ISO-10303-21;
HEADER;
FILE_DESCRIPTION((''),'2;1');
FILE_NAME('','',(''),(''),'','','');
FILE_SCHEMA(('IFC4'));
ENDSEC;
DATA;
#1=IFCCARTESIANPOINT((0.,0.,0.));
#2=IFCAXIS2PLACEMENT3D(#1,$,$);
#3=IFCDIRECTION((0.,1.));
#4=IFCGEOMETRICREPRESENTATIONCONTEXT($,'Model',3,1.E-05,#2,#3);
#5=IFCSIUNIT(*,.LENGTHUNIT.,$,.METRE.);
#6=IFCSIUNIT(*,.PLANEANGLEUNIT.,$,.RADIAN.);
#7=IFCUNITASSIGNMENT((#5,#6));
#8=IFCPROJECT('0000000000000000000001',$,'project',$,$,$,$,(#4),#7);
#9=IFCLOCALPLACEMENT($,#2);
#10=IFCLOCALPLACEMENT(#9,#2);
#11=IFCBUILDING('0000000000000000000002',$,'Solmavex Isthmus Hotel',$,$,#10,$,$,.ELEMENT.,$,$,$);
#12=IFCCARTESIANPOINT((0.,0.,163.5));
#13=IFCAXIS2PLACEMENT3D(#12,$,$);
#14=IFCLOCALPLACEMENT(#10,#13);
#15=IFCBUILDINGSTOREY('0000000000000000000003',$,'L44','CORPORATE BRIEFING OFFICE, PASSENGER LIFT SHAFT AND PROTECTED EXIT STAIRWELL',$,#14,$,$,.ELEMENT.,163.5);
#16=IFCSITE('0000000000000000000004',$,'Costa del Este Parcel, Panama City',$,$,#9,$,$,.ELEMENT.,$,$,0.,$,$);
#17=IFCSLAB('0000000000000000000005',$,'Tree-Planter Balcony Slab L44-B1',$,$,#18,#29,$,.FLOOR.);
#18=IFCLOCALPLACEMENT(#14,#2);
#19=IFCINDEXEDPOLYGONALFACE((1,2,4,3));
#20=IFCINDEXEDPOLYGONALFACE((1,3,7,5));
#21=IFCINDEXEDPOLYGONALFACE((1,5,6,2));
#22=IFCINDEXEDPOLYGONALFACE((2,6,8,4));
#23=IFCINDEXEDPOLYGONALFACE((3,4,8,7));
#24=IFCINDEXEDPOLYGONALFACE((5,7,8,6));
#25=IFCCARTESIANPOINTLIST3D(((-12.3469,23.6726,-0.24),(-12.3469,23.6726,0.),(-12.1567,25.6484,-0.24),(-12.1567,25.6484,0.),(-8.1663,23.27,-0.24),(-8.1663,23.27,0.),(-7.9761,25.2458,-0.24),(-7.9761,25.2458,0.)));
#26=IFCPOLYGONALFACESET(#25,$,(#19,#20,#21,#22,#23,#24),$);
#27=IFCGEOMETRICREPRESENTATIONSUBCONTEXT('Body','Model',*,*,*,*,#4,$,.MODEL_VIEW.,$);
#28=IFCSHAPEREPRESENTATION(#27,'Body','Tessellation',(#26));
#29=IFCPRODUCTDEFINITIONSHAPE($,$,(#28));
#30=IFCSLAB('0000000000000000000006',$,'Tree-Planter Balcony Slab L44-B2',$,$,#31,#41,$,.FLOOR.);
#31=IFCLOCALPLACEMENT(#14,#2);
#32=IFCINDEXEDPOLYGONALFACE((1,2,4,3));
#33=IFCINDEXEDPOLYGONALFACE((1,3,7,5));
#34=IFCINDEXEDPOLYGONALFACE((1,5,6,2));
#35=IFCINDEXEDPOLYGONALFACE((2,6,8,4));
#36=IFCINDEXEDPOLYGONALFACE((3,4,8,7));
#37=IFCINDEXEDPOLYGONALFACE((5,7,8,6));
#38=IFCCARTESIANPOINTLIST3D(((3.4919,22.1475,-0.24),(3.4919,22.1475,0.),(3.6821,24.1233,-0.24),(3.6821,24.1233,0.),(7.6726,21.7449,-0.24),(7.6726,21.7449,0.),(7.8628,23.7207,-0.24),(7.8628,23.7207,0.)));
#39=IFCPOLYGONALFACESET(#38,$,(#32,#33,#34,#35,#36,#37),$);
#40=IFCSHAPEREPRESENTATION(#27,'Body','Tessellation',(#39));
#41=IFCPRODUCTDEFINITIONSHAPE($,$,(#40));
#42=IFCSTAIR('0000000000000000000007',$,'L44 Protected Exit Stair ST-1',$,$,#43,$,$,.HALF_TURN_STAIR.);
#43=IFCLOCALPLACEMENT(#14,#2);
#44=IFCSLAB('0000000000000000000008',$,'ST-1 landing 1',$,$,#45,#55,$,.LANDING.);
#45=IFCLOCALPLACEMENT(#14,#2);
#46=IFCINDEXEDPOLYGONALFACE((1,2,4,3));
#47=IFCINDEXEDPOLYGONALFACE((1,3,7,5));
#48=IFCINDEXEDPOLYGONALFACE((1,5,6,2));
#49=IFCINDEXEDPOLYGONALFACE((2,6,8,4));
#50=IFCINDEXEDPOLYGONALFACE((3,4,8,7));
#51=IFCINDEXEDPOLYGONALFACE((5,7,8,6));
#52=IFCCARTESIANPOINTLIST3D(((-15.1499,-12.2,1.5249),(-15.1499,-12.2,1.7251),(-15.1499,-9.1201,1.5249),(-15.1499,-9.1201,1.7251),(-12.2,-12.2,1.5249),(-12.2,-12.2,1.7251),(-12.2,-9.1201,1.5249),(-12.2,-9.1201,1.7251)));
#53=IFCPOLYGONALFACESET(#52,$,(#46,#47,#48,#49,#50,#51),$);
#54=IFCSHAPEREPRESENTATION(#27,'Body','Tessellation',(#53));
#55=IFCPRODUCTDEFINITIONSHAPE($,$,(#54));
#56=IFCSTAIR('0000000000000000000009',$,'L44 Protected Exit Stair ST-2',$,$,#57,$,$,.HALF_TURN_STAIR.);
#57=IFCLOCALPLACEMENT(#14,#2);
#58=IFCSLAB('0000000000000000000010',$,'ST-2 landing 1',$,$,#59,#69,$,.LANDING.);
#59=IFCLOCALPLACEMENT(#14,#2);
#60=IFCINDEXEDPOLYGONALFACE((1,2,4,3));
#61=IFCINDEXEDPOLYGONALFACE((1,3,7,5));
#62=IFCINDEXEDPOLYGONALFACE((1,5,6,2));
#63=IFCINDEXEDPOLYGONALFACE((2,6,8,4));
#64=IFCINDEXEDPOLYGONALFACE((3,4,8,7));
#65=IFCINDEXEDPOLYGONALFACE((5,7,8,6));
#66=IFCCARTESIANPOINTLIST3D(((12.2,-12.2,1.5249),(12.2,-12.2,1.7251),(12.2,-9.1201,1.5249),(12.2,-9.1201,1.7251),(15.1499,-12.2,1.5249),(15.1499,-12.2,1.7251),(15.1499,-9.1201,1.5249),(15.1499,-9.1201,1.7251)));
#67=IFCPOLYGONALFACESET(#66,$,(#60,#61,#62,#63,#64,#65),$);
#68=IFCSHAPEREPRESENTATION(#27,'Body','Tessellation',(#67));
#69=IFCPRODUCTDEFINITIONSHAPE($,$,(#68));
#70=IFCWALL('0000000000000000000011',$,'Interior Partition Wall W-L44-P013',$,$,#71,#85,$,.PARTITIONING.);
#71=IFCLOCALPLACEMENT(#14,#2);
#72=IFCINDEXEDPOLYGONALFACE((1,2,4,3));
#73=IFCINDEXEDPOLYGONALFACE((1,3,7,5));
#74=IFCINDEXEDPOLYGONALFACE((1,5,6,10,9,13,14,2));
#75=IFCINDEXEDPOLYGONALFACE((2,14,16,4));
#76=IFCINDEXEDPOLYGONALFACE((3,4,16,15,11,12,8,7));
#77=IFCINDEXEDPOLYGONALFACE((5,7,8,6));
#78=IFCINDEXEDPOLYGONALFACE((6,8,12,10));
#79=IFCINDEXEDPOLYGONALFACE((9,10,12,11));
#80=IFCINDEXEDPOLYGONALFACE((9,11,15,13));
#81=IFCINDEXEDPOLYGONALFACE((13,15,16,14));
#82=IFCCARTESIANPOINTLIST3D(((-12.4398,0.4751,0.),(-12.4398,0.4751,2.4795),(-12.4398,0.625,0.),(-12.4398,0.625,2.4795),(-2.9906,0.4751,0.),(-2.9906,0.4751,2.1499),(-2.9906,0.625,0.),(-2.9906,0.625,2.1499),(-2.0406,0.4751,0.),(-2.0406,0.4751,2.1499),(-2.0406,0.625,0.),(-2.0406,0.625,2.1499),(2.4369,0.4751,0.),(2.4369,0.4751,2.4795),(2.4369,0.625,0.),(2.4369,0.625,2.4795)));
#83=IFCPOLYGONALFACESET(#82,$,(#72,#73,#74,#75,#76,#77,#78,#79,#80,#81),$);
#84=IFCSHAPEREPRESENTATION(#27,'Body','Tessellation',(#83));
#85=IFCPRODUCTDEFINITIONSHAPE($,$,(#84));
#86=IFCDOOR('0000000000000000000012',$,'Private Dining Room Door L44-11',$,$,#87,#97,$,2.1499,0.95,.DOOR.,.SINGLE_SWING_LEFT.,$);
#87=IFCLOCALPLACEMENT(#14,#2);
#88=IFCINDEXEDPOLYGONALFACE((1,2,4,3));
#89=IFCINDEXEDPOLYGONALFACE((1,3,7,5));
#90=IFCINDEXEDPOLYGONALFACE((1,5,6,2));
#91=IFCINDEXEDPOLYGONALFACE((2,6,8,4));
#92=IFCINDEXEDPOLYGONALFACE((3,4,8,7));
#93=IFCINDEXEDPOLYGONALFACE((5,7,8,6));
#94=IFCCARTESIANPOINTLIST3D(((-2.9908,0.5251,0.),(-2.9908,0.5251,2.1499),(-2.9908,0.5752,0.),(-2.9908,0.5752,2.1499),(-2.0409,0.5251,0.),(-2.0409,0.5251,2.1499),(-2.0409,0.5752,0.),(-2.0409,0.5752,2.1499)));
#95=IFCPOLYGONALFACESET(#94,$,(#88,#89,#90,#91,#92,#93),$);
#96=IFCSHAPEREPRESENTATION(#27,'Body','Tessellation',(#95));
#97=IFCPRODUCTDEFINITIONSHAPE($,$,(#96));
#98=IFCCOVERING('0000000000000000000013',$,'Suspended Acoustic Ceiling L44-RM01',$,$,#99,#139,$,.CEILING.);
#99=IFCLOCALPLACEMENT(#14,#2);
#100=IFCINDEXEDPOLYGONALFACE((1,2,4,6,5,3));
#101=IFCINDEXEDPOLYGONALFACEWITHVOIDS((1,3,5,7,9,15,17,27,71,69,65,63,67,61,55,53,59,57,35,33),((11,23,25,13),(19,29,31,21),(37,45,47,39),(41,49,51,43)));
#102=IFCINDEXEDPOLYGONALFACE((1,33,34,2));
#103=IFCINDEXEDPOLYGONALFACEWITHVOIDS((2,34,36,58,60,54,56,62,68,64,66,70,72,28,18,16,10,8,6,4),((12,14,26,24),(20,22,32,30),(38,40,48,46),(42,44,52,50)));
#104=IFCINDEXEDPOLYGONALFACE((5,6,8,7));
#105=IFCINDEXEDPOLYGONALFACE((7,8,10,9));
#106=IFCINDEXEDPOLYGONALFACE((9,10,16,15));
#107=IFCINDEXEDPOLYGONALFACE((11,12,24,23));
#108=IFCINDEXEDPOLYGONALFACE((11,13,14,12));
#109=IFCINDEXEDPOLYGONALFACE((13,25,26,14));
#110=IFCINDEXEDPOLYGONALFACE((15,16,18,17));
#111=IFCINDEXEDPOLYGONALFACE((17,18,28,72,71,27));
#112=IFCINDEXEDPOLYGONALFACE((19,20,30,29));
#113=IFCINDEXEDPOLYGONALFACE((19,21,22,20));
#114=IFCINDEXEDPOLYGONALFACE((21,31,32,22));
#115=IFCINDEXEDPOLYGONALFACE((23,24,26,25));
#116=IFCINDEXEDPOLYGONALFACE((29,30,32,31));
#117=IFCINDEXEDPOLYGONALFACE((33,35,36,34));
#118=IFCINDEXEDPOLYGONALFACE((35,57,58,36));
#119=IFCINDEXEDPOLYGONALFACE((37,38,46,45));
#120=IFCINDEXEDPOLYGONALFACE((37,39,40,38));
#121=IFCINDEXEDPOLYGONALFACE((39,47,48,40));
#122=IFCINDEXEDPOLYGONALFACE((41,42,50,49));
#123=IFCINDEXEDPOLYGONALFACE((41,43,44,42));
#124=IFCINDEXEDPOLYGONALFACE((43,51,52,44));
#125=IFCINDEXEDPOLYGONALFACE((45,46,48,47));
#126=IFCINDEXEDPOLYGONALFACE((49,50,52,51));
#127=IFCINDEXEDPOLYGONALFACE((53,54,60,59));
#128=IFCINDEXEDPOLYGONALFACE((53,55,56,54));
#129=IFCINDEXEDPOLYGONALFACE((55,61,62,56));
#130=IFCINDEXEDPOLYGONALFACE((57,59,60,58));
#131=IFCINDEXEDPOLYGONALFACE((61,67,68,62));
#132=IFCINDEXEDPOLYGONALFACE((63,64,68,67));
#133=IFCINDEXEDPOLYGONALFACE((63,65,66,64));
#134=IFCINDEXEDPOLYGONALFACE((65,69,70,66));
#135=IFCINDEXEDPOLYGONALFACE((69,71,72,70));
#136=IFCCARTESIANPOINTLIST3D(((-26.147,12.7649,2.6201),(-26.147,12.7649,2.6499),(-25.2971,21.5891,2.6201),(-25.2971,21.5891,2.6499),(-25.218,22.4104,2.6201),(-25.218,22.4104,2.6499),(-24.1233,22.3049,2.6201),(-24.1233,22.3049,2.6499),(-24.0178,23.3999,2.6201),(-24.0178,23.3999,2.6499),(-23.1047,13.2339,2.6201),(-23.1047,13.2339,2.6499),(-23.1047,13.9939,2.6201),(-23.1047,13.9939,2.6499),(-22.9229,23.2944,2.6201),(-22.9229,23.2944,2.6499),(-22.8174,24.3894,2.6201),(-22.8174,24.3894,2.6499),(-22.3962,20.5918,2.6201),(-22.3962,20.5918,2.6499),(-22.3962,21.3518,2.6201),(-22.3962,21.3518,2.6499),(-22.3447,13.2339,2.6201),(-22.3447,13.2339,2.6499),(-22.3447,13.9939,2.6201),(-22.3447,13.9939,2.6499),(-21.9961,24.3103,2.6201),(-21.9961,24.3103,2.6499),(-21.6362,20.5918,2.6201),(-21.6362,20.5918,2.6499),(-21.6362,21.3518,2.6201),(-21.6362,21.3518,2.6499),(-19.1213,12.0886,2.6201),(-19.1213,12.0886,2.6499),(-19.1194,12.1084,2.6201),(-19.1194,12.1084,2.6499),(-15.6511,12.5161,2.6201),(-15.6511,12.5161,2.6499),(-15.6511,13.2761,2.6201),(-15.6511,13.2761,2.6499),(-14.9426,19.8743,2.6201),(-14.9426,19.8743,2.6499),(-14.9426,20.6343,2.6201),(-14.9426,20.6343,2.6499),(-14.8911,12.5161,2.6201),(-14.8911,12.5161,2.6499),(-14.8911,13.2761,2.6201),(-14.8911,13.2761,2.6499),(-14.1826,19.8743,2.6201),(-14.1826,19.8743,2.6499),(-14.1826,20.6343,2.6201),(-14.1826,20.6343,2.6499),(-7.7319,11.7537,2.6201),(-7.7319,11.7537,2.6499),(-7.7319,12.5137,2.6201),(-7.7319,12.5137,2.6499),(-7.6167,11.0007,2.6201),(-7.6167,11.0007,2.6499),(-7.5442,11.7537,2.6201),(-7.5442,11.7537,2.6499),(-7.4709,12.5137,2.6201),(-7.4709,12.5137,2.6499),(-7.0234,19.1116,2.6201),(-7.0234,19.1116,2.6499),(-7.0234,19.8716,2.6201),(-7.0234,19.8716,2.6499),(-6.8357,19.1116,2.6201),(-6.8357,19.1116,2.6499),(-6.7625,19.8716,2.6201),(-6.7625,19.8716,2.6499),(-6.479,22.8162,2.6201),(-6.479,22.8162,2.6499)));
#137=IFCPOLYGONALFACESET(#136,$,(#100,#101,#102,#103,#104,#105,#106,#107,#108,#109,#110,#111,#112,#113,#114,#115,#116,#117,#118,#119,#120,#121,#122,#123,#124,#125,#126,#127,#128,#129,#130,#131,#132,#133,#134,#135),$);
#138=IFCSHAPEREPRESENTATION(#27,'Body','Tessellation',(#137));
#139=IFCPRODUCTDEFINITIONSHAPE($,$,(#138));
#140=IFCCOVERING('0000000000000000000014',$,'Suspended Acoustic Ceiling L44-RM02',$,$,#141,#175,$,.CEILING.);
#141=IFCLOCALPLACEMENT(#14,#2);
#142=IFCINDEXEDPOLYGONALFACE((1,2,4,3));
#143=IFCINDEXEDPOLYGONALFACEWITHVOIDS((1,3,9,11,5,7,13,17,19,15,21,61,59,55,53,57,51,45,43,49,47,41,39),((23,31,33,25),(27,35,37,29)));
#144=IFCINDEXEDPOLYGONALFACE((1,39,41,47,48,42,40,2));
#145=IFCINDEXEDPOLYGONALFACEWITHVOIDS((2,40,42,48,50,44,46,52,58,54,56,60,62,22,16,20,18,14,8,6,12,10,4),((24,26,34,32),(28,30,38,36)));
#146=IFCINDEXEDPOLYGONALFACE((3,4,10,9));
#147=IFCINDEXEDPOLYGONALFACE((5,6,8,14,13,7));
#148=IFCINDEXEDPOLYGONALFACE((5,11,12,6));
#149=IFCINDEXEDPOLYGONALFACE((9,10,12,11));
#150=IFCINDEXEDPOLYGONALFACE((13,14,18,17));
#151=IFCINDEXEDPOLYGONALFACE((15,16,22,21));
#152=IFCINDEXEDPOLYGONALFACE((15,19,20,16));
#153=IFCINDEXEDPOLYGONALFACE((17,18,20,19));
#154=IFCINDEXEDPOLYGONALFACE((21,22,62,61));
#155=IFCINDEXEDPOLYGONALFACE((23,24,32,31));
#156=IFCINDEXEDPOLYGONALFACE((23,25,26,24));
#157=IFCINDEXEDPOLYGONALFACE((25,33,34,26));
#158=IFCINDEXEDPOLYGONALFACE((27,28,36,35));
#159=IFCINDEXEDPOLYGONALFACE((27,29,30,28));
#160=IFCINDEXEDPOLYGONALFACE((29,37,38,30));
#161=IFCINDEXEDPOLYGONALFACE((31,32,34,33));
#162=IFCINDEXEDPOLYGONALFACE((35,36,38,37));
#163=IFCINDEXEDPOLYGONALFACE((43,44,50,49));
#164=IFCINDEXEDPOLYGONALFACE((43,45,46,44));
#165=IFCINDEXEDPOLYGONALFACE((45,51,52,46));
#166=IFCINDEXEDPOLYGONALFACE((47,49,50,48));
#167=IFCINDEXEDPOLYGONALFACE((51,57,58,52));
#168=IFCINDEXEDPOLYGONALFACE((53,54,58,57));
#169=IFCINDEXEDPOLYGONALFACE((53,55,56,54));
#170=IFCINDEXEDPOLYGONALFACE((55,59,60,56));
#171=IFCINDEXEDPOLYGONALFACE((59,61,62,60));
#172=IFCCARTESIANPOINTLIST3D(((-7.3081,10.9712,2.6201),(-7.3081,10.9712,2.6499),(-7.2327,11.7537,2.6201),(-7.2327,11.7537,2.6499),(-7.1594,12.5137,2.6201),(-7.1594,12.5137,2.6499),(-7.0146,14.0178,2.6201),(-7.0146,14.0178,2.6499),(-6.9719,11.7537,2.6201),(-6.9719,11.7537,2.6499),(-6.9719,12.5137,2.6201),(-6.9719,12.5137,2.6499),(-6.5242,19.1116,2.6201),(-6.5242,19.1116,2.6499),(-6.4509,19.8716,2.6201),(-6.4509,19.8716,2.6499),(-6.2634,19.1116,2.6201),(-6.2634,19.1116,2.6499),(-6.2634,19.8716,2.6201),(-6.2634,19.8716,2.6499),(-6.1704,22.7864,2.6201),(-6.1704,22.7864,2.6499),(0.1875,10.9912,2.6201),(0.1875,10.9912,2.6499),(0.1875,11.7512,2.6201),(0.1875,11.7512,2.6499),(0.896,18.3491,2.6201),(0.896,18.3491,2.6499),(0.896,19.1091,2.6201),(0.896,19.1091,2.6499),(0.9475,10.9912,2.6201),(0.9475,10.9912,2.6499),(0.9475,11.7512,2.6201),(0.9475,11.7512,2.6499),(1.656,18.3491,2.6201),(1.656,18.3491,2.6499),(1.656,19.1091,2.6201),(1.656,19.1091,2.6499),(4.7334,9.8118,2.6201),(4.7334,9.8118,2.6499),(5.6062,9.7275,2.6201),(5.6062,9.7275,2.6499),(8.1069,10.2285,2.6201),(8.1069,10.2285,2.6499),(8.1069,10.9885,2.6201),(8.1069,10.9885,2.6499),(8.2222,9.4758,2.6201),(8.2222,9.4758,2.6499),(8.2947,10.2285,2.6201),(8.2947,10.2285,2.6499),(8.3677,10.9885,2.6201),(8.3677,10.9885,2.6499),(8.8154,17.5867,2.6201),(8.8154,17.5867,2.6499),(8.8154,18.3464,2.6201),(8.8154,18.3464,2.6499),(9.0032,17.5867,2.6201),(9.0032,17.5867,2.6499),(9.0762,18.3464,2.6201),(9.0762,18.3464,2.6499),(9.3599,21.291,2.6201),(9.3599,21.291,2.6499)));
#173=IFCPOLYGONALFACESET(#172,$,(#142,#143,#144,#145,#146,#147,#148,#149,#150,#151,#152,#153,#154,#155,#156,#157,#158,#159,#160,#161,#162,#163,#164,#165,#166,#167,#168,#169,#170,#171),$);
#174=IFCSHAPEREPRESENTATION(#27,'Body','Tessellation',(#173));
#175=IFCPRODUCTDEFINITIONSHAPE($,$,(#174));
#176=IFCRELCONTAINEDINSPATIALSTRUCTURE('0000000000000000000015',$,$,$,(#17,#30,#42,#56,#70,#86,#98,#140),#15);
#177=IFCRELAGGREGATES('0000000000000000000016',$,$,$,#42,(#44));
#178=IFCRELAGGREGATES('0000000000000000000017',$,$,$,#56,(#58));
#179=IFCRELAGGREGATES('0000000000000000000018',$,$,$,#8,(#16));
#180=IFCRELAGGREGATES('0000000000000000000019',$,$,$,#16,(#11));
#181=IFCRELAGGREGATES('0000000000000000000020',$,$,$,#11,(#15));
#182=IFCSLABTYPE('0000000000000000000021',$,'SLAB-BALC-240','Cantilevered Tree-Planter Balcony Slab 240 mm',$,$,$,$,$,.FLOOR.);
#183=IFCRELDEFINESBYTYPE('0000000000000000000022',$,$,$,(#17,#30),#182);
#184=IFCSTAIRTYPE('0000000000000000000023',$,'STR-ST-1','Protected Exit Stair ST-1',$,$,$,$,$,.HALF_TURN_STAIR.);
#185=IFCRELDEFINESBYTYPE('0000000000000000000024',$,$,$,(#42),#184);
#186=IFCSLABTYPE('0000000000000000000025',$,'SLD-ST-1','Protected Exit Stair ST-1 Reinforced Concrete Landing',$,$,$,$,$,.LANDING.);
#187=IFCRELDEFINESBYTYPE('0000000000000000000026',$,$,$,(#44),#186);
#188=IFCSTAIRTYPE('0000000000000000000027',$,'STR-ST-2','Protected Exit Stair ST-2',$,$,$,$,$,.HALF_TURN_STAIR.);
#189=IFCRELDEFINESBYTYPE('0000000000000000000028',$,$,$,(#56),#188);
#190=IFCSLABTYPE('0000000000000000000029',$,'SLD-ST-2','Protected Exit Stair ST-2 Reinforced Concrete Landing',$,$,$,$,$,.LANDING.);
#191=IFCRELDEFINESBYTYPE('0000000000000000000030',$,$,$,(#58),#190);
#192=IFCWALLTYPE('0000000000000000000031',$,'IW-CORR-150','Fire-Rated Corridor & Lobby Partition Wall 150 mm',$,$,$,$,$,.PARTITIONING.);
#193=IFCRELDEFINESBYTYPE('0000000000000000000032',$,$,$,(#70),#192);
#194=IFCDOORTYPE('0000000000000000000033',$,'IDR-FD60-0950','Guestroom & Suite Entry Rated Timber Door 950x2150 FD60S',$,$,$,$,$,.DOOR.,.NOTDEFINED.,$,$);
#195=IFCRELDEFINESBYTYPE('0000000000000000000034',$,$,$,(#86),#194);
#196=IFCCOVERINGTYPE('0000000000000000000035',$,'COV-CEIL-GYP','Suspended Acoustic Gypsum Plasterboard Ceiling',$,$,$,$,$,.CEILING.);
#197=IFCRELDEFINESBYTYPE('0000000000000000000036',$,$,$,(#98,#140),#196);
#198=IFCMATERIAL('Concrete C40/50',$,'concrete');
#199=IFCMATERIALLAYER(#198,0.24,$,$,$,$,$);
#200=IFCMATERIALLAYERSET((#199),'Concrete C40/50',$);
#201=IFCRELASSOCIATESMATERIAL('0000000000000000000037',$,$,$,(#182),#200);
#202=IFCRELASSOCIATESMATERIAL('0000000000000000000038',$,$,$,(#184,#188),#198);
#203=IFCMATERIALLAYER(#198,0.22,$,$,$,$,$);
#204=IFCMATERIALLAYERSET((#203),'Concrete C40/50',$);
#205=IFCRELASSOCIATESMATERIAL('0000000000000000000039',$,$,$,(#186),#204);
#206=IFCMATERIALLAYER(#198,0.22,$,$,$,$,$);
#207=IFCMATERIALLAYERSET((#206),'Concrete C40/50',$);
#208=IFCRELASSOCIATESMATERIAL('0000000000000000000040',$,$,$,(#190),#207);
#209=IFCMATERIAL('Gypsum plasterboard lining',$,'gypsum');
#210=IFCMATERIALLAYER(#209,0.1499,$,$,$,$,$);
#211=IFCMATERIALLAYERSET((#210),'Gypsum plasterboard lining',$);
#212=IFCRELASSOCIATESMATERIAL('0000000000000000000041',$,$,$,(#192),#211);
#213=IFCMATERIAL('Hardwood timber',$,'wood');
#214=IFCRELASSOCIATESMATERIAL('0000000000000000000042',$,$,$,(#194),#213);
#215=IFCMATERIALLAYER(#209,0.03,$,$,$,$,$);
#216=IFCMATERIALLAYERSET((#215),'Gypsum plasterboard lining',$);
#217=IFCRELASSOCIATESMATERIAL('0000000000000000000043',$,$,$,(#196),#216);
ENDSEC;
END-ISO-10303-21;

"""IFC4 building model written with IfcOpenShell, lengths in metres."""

from ifc_helpers import new_model, si_unit, direction, frame, frame_2d, origin, place, context, subcontext, project, spatial, polyline, rectangle, outline, extrude, material, layer, layer_set, type_object, element, fill, aggregate, save


model = new_model("IFC4")

# Units and contexts
model_context = context("Model", 3, precision=1e-05, world=origin(), true_north=direction((0.0, 1.0)))
body_context = subcontext(model_context, "Body", "Model", "MODEL_VIEW")
ifc_project = project(units=[si_unit("LENGTHUNIT", "METRE"), si_unit("PLANEANGLEUNIT", "RADIAN")], contexts=[model_context])

# Site, building, storey
site_placement = place(None, origin())
site = spatial("IfcSite", under=ifc_project, at=site_placement, Name="Costa del Este Parcel, Panama City", CompositionType="ELEMENT", RefElevation=0.0)
building_placement = place(site_placement, origin())
building = spatial("IfcBuilding", under=site, at=building_placement, Name="Solmavex Isthmus Hotel", CompositionType="ELEMENT")
storey_placement = place(building_placement, frame((0.0, 0.0, 163.5)))
storey = spatial("IfcBuildingStorey", under=building, at=storey_placement, Name="L44", Description="CORPORATE BRIEFING OFFICE, PASSENGER LIFT SHAFT AND PROTECTED EXIT STAIRWELL", CompositionType="ELEMENT", Elevation=163.5)

# Slabs
ifc_material_1 = material(Name="Concrete C40/50", Category="concrete")
ifc_layer_1 = layer(ifc_material_1, 0.24)
ifc_layer_set_1 = layer_set([ifc_layer_1], Name="Concrete C40/50")
slab_type_1 = type_object("IfcSlabType", Name="SLAB-BALC-240", Description="Cantilevered Tree-Planter Balcony Slab 240 mm", PredefinedType="FLOOR", material=ifc_layer_set_1)
slab_1_placement = place(storey_placement, frame((0.0, 0.0, -0.24)))
element("IfcSlab", 1, at=slab_1_placement, inside=storey, type_object=slab_type_1, Name="Tree-Planter Balcony Slab L44-B1", PredefinedType="FLOOR", context=body_context, shape_type="SweptSolid", body=[
    extrude(outline(polyline([(-12.3469, 23.6726), (-8.1663, 23.27), (-7.9761, 25.2458), (-12.1567, 25.6484), (-12.3469, 23.6726)])), origin(), (0.0, 0.0, 1.0), 0.24),
])
slab_2_placement = place(storey_placement, frame((0.0, 0.0, -0.24)))
element("IfcSlab", 2, at=slab_2_placement, inside=storey, type_object=slab_type_1, Name="Tree-Planter Balcony Slab L44-B2", PredefinedType="FLOOR", context=body_context, shape_type="SweptSolid", body=[
    extrude(outline(polyline([(3.4919, 22.1475), (7.6726, 21.7449), (7.8628, 23.7207), (3.6821, 24.1233), (3.4919, 22.1475)])), origin(), (0.0, 0.0, 1.0), 0.24),
])

# Stairs, slabs
stair_type_1 = type_object("IfcStairType", Name="STR-ST-1", Description="Protected Exit Stair ST-1", PredefinedType="HALF_TURN_STAIR", material=ifc_material_1)
stair_1_placement = place(storey_placement, origin())
stair_1 = element("IfcStair", 3, at=stair_1_placement, inside=storey, type_object=stair_type_1, Name="L44 Protected Exit Stair ST-1", PredefinedType="HALF_TURN_STAIR")
ifc_layer_2 = layer(ifc_material_1, 0.22)
ifc_layer_set_2 = layer_set([ifc_layer_2], Name="Concrete C40/50")
slab_type_2 = type_object("IfcSlabType", Name="SLD-ST-1", Description="Protected Exit Stair ST-1 Reinforced Concrete Landing", PredefinedType="LANDING", material=ifc_layer_set_2)
slab_3_placement = place(storey_placement, frame((0.0, 0.0, 1.5249)))
slab_3 = element("IfcSlab", 4, at=slab_3_placement, type_object=slab_type_2, Name="ST-1 landing 1", PredefinedType="LANDING", context=body_context, shape_type="SweptSolid", body=[
    extrude(outline(polyline([(-15.1499, -9.1201), (-15.1499, -12.2), (-12.2, -12.2), (-12.2, -9.1201), (-15.1499, -9.1201)])), origin(), (0.0, 0.0, 1.0), 0.2002),
])
aggregate(stair_1, [slab_3])
stair_type_2 = type_object("IfcStairType", Name="STR-ST-2", Description="Protected Exit Stair ST-2", PredefinedType="HALF_TURN_STAIR", material=ifc_material_1)
stair_2_placement = place(storey_placement, origin())
stair_2 = element("IfcStair", 5, at=stair_2_placement, inside=storey, type_object=stair_type_2, Name="L44 Protected Exit Stair ST-2", PredefinedType="HALF_TURN_STAIR")
ifc_layer_3 = layer(ifc_material_1, 0.22)
ifc_layer_set_3 = layer_set([ifc_layer_3], Name="Concrete C40/50")
slab_type_3 = type_object("IfcSlabType", Name="SLD-ST-2", Description="Protected Exit Stair ST-2 Reinforced Concrete Landing", PredefinedType="LANDING", material=ifc_layer_set_3)
slab_4_placement = place(storey_placement, frame((0.0, 0.0, 1.5249)))
slab_4 = element("IfcSlab", 6, at=slab_4_placement, type_object=slab_type_3, Name="ST-2 landing 1", PredefinedType="LANDING", context=body_context, shape_type="SweptSolid", body=[
    extrude(outline(polyline([(12.2, -9.1201), (12.2, -12.2), (15.1499, -12.2), (15.1499, -9.1201), (12.2, -9.1201)])), origin(), (0.0, 0.0, 1.0), 0.2002),
])
aggregate(stair_2, [slab_4])

# Wall, opening, door
ifc_material_2 = material(Name="Gypsum plasterboard lining", Category="gypsum")
ifc_layer_4 = layer(ifc_material_2, 0.1499)
ifc_layer_set_4 = layer_set([ifc_layer_4], Name="Gypsum plasterboard lining")
wall_type = type_object("IfcWallType", Name="IW-CORR-150", Description="Fire-Rated Corridor & Lobby Partition Wall 150 mm", PredefinedType="PARTITIONING", material=ifc_layer_set_4)
wall_placement = place(storey_placement, frame((-12.4399, 0.55, 0.0), z_axis=(0.0, 0.0, 1.0), x_axis=(1.0, 0.0, 0.0)))
wall = element("IfcWall", 7, at=wall_placement, inside=storey, type_object=wall_type, Name="Interior Partition Wall W-L44-P013", PredefinedType="PARTITIONING", context=body_context, shape_type="SweptSolid", body=[
    extrude(rectangle(XDim=14.8767, YDim=0.1499, at=frame_2d((7.4385, 0.0))), origin(), (0.0, 0.0, 1.0), 2.4795),
])
opening_placement = place(wall_placement, frame((9.4492, 0.0, 0.0)))
opening = element("IfcOpeningElement", 8, at=opening_placement, cuts=wall, PredefinedType="OPENING", context=body_context, shape_type="SweptSolid", body=[
    extrude(rectangle(XDim=0.95, YDim=2.1499, at=frame_2d((0.4751, 1.075))), frame((0.0, 0.085, 0.0), z_axis=(0.0, -1.0, 0.0), x_axis=(1.0, 0.0, 0.0)), (0.0, 0.0, 1.0), 0.1699),
])
ifc_material_3 = material(Name="Hardwood timber", Category="wood")
door_type = type_object("IfcDoorType", Name="IDR-FD60-0950", Description="Guestroom & Suite Entry Rated Timber Door 950x2150 FD60S", OperationType="NOTDEFINED", PredefinedType="DOOR", material=ifc_material_3)
door_placement = place(opening_placement, frame((0.95, 0.0, 0.0), z_axis=(0.0, 0.0, 1.0), x_axis=(-1.0, 0.0, 0.0)))
door = element("IfcDoor", 9, at=door_placement, inside=storey, type_object=door_type, Name="Private Dining Room Door L44-11", OperationType="SINGLE_SWING_LEFT", OverallHeight=2.1499, OverallWidth=0.95, PredefinedType="DOOR", context=body_context, shape_type="SweptSolid", body=[
    extrude(rectangle(XDim=0.95, YDim=2.1499, at=frame_2d((0.4751, 1.075))), frame((0.0, 0.0249, 0.0), z_axis=(0.0, -1.0, 0.0), x_axis=(1.0, 0.0, 0.0)), (0.0, 0.0, 1.0), 0.05),
])
fill(opening, door)

# Coverings
ifc_layer_5 = layer(ifc_material_2, 0.03)
ifc_layer_set_5 = layer_set([ifc_layer_5], Name="Gypsum plasterboard lining")
covering_type_1 = type_object("IfcCoveringType", Name="COV-CEIL-GYP", Description="Suspended Acoustic Gypsum Plasterboard Ceiling", PredefinedType="CEILING", material=ifc_layer_set_5)
covering_1_placement = place(storey_placement, frame((0.0, 0.0, 2.6201)))
element("IfcCovering", 10, at=covering_1_placement, inside=storey, type_object=covering_type_1, Name="Suspended Acoustic Ceiling L44-RM01", PredefinedType="CEILING", context=body_context, shape_type="SweptSolid", body=[
    extrude(outline(polyline([(-19.1213, 12.0886), (-19.1194, 12.1084), (-7.6167, 11.0007), (-7.5442, 11.7537), (-7.7319, 11.7537), (-7.7319, 12.5137), (-7.4709, 12.5137), (-6.8357, 19.1116), (-7.0234, 19.1116), (-7.0234, 19.8716), (-6.7625, 19.8716), (-6.479, 22.8162), (-21.9961, 24.3103), (-22.8174, 24.3894), (-22.9229, 23.2944), (-24.0178, 23.3999), (-24.1233, 22.3049), (-25.218, 22.4104), (-25.2971, 21.5891), (-26.147, 12.7649), (-19.1213, 12.0886)]), holes=[polyline([(-14.9426, 19.8743), (-14.9426, 20.6343), (-14.1826, 20.6343), (-14.1826, 19.8743), (-14.9426, 19.8743)]), polyline([(-15.6511, 12.5161), (-15.6511, 13.2761), (-14.8911, 13.2761), (-14.8911, 12.5161), (-15.6511, 12.5161)]), polyline([(-22.3962, 20.5918), (-22.3962, 21.3518), (-21.6362, 21.3518), (-21.6362, 20.5918), (-22.3962, 20.5918)]), polyline([(-23.1047, 13.2339), (-23.1047, 13.9939), (-22.3447, 13.9939), (-22.3447, 13.2339), (-23.1047, 13.2339)])]), origin(), (0.0, 0.0, 1.0), 0.0298),
])
covering_2_placement = place(storey_placement, frame((0.0, 0.0, 2.6201)))
element("IfcCovering", 11, at=covering_2_placement, inside=storey, type_object=covering_type_1, Name="Suspended Acoustic Ceiling L44-RM02", PredefinedType="CEILING", context=body_context, shape_type="SweptSolid", body=[
    extrude(outline(polyline([(-7.1594, 12.5137), (-6.9719, 12.5137), (-6.9719, 11.7537), (-7.2327, 11.7537), (-7.3081, 10.9712), (4.7334, 9.8118), (5.6062, 9.7275), (8.2222, 9.4758), (8.2947, 10.2285), (8.1069, 10.2285), (8.1069, 10.9885), (8.3677, 10.9885), (9.0032, 17.5867), (8.8154, 17.5867), (8.8154, 18.3464), (9.0762, 18.3464), (9.3599, 21.291), (-6.1704, 22.7864), (-6.4509, 19.8716), (-6.2634, 19.8716), (-6.2634, 19.1116), (-6.5242, 19.1116), (-7.0146, 14.0178), (-7.1594, 12.5137)]), holes=[polyline([(0.896, 18.3491), (0.896, 19.1091), (1.656, 19.1091), (1.656, 18.3491), (0.896, 18.3491)]), polyline([(0.1875, 10.9912), (0.1875, 11.7512), (0.9475, 11.7512), (0.9475, 10.9912), (0.1875, 10.9912)])]), origin(), (0.0, 0.0, 1.0), 0.0298),
])

save(model, "model.ifc")
